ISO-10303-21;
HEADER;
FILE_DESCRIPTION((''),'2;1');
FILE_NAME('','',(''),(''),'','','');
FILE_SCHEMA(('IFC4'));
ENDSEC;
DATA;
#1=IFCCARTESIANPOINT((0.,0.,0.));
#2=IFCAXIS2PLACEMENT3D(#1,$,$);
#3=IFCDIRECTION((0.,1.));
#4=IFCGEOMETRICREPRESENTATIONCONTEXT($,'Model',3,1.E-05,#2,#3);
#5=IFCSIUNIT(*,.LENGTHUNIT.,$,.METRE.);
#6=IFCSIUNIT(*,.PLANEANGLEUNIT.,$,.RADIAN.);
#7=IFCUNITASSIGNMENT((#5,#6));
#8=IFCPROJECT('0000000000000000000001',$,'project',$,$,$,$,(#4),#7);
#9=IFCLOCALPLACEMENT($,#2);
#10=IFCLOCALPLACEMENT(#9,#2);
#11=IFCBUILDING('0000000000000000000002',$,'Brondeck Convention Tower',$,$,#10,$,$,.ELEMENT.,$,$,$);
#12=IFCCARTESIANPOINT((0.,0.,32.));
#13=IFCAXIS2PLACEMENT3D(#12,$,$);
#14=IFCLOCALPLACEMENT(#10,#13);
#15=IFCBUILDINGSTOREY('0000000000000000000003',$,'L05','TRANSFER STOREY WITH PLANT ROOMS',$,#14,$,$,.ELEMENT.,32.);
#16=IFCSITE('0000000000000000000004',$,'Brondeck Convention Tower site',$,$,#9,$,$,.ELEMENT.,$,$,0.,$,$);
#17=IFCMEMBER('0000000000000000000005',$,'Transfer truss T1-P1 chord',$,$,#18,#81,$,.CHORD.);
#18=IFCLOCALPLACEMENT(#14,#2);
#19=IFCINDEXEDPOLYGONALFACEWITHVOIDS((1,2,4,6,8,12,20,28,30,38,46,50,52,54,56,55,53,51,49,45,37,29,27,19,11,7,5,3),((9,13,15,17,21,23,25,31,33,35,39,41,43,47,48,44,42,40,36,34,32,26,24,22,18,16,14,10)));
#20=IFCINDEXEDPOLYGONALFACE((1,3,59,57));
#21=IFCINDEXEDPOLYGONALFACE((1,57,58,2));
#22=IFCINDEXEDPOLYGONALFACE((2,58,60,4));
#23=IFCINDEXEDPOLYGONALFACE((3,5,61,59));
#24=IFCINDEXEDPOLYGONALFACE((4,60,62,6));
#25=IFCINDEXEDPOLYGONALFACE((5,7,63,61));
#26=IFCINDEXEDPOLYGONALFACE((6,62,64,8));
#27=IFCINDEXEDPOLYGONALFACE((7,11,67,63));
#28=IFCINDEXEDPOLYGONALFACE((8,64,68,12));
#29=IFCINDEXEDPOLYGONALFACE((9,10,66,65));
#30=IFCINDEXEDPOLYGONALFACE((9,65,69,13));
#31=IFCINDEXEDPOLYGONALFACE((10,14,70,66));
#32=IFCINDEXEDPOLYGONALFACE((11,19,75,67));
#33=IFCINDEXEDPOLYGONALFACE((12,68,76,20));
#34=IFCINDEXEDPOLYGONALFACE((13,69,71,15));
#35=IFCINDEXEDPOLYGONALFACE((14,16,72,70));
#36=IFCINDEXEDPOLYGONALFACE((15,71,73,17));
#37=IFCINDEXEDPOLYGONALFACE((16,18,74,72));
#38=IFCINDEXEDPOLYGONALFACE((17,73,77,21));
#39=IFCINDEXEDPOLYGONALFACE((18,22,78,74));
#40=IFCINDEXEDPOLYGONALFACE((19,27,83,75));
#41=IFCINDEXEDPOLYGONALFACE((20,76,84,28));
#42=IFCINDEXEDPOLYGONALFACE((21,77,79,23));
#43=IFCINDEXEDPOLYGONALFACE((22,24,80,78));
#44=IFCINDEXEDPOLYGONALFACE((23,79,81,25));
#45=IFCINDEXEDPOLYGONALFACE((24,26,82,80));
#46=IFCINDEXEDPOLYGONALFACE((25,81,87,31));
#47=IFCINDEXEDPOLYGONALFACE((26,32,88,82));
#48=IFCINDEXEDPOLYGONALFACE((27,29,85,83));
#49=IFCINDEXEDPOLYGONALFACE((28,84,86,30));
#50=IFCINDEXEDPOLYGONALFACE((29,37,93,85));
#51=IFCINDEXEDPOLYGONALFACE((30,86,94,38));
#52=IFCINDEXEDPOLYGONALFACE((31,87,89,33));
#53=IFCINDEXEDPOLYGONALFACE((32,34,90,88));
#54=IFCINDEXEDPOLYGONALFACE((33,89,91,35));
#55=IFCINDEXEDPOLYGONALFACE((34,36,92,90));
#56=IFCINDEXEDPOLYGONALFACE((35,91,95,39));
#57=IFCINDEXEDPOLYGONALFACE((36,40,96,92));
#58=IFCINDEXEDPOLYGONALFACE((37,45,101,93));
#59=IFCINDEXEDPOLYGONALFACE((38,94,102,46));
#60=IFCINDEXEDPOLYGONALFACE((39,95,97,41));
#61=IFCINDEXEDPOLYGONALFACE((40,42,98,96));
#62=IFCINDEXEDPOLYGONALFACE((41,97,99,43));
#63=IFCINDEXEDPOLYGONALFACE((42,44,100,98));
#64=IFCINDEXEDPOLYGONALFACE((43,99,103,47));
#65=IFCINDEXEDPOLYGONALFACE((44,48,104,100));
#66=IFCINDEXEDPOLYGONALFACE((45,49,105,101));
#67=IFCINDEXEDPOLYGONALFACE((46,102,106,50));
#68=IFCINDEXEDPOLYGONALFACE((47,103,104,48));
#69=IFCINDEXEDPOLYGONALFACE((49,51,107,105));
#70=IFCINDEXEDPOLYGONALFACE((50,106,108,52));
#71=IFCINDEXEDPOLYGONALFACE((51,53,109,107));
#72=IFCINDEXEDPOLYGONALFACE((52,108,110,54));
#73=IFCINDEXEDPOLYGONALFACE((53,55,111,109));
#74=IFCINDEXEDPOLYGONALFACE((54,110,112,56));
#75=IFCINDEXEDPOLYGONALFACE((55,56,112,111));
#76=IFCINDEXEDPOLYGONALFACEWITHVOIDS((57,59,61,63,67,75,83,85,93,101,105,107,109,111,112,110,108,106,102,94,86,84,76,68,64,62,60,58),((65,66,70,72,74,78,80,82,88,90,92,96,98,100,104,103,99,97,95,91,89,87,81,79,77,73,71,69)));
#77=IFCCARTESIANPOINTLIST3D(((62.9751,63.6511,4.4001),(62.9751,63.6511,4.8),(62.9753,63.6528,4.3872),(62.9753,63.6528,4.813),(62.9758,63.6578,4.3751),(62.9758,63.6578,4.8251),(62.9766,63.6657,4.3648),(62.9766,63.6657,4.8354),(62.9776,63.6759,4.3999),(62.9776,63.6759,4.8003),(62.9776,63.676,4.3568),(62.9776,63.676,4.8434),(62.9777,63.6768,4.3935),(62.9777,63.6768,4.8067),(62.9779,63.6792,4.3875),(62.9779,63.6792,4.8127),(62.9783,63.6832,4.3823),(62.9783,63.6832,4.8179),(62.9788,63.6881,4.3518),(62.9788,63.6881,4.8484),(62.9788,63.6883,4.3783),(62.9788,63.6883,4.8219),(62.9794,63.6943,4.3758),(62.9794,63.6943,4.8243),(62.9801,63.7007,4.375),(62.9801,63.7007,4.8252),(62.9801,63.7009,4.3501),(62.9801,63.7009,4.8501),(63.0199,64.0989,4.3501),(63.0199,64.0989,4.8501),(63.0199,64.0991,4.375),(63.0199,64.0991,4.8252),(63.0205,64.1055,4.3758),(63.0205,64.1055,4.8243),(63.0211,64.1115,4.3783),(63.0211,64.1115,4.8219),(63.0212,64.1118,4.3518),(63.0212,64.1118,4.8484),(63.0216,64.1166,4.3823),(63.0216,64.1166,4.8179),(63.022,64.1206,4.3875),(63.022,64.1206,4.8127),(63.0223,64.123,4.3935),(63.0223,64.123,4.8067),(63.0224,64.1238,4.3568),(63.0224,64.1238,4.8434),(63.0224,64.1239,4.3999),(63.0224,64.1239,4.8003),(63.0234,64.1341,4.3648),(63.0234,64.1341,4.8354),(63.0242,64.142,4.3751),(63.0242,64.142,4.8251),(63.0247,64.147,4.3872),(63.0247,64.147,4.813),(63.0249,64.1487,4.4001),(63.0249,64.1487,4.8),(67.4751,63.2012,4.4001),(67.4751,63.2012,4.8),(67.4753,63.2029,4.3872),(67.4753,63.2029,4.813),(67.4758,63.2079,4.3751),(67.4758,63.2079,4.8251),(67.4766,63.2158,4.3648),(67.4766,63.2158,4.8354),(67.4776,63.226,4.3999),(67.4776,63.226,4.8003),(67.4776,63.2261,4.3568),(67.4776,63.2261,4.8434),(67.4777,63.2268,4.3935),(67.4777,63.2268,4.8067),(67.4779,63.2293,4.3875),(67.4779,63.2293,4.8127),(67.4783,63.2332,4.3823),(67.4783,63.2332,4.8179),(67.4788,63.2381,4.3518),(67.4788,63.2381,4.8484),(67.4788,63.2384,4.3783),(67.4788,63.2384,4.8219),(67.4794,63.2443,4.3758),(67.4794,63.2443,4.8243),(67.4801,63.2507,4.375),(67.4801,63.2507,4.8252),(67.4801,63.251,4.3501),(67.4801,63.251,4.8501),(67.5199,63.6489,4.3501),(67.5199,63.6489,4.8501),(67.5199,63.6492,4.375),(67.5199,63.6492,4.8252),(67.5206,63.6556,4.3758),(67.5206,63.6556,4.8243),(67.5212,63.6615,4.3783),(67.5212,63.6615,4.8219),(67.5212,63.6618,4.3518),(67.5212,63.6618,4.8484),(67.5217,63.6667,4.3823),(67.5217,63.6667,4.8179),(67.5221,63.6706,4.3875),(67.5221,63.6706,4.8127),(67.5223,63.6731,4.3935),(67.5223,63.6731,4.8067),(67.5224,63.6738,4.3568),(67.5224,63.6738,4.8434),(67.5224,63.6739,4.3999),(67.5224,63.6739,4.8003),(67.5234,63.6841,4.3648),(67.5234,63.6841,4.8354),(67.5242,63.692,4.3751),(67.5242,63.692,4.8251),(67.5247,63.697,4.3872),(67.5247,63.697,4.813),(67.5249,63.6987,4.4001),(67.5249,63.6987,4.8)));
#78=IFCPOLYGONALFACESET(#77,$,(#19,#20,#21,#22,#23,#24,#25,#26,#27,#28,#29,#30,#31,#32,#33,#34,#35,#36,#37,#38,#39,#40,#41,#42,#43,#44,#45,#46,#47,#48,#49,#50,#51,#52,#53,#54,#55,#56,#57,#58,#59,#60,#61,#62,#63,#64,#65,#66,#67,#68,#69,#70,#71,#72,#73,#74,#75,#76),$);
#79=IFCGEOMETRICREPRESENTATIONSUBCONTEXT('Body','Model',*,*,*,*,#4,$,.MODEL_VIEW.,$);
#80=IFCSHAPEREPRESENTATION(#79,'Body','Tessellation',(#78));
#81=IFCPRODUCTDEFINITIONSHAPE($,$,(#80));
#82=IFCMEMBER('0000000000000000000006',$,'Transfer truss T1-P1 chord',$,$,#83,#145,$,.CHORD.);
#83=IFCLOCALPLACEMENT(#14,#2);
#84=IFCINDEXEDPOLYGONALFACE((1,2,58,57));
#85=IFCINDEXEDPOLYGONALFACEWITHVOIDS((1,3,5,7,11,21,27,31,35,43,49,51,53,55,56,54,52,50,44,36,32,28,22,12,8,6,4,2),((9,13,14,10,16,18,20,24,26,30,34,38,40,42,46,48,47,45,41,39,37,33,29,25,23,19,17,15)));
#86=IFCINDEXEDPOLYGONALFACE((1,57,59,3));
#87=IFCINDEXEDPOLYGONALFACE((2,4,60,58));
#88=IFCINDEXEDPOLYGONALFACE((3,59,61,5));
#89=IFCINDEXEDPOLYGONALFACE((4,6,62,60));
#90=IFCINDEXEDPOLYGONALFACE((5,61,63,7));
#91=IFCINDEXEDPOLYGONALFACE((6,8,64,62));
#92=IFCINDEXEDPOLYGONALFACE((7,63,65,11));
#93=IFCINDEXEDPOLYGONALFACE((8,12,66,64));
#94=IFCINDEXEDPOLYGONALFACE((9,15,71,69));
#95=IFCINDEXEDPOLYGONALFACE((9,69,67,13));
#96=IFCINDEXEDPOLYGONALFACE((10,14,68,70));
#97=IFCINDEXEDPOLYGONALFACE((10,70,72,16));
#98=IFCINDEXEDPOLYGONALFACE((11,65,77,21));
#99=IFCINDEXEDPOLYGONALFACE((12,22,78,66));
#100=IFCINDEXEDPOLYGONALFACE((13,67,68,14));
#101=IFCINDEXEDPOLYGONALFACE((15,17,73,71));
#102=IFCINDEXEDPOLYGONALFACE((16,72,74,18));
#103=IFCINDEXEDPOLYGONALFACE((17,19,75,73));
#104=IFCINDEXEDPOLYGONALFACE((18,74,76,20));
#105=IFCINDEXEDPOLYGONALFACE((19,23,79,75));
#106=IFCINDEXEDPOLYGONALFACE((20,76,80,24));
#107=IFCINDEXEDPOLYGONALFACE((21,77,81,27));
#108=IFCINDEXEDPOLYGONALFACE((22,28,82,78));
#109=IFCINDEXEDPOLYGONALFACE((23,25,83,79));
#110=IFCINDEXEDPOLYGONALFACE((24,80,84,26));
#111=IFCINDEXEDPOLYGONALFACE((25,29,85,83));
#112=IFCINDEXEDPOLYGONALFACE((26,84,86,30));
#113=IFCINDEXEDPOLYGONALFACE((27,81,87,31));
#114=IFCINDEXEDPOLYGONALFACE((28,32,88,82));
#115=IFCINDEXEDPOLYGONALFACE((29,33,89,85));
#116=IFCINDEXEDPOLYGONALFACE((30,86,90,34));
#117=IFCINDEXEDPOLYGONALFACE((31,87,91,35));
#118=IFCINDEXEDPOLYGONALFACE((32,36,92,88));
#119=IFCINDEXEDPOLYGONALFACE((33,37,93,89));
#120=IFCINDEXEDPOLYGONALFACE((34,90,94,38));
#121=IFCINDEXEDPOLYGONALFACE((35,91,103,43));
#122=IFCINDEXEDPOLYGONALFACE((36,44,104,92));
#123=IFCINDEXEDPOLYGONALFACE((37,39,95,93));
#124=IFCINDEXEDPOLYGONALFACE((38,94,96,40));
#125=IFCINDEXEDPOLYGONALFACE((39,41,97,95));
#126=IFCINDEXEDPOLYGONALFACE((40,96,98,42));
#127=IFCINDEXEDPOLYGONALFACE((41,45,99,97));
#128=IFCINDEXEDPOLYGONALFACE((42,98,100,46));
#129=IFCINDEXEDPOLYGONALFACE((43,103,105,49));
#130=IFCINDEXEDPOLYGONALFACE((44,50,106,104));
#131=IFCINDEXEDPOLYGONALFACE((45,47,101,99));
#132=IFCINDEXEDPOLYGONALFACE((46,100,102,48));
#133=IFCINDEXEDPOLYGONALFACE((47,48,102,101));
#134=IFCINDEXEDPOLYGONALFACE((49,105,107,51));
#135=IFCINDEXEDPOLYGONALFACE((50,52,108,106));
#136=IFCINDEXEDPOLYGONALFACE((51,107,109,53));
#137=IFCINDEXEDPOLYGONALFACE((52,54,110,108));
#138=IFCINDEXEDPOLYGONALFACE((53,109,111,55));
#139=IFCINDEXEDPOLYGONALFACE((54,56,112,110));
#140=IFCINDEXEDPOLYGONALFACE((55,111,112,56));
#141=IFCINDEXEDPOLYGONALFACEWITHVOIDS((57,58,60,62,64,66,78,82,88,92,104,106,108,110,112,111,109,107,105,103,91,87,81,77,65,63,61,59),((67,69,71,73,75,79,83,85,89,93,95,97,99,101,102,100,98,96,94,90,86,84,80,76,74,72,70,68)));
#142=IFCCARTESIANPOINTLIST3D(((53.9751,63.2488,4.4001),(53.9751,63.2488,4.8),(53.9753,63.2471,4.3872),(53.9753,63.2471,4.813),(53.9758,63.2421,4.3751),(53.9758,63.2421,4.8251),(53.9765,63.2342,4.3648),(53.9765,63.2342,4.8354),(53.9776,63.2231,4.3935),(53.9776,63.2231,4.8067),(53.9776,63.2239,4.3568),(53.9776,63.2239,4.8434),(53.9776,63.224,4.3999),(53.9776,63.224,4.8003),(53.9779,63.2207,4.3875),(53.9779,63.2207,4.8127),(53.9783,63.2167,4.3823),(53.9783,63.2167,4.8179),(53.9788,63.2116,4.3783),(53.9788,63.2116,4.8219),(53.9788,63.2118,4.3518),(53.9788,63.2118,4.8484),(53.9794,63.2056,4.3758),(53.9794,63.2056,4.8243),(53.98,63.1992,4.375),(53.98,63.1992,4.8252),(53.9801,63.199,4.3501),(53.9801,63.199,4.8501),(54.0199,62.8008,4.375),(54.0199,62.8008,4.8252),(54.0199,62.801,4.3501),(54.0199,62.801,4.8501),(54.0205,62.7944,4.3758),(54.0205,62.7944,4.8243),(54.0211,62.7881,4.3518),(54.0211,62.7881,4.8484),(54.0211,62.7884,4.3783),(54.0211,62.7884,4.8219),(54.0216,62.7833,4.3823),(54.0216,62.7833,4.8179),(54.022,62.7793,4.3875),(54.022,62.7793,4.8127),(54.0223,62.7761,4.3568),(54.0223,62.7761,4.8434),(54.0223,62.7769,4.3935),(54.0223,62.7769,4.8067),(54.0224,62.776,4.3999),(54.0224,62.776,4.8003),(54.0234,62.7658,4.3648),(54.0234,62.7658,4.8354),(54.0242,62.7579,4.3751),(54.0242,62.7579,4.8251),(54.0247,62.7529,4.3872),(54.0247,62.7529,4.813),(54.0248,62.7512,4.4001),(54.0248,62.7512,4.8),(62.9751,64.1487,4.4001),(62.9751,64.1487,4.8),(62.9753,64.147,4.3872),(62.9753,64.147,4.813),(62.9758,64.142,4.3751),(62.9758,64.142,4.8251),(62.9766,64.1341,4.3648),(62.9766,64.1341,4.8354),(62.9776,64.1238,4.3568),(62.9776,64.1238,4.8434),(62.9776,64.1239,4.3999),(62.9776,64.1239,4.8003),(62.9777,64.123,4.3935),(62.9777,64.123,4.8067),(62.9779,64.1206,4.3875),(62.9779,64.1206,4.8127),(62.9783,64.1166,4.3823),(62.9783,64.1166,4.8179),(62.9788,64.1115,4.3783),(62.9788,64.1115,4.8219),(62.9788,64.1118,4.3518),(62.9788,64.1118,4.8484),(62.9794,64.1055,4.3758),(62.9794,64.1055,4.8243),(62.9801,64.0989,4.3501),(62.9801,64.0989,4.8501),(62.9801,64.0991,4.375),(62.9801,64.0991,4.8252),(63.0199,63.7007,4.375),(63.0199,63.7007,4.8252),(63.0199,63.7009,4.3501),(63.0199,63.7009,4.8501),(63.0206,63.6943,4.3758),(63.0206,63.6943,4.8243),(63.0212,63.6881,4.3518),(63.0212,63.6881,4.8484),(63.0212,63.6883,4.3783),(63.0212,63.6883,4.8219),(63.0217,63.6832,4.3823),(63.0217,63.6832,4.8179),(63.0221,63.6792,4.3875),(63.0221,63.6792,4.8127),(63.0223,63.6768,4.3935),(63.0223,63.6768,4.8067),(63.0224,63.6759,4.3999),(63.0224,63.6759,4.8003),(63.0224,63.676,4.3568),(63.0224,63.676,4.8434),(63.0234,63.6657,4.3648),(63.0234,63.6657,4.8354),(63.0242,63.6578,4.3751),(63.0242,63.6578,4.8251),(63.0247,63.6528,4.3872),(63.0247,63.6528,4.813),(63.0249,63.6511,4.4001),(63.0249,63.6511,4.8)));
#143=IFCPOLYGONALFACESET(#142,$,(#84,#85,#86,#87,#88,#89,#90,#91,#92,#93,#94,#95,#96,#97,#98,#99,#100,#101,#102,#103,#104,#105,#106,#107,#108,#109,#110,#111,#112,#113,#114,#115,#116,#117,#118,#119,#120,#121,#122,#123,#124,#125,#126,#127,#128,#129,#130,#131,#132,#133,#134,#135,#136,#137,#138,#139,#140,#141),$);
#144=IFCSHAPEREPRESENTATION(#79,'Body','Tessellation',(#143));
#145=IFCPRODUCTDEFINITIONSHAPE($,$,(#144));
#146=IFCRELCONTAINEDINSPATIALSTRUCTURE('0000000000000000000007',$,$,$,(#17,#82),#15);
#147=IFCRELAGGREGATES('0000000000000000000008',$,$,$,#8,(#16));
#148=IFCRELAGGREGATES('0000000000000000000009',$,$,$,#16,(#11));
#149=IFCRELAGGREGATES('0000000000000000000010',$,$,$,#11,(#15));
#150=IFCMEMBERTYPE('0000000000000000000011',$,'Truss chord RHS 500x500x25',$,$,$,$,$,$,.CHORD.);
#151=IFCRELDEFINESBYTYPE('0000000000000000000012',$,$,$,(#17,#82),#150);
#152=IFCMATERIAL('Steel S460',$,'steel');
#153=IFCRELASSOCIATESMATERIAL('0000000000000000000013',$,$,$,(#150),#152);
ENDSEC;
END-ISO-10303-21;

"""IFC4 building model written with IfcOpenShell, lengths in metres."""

from ifc_helpers import new_model, si_unit, direction, frame, origin, origin_2d, place, context, subcontext, project, spatial, hollow_rectangle, extrude, material, material_profile, profile_set, type_object, element, save


model = new_model("IFC4")

# Units and contexts
model_context = context("Model", 3, precision=1e-05, world=origin(), true_north=direction((0.0, 1.0)))
body_context = subcontext(model_context, "Body", "Model", "MODEL_VIEW")
ifc_project = project(units=[si_unit("LENGTHUNIT", "METRE"), si_unit("PLANEANGLEUNIT", "RADIAN")], contexts=[model_context])

# Site, building, storey
site_placement = place(None, origin())
site = spatial("IfcSite", under=ifc_project, at=site_placement, Name="Brondeck Convention Tower site", CompositionType="ELEMENT", RefElevation=0.0)
building_placement = place(site_placement, origin())
building = spatial("IfcBuilding", under=site, at=building_placement, Name="Brondeck Convention Tower", CompositionType="ELEMENT")
storey_placement = place(building_placement, frame((0.0, 0.0, 32.0)))
storey = spatial("IfcBuildingStorey", under=building, at=storey_placement, Name="L05", Description="TRANSFER STOREY WITH PLANT ROOMS", CompositionType="ELEMENT", Elevation=32.0)

# Shared definitions
ifc_material_1 = material(Name="Steel S460", Category="steel")

# Members
ifc_material_profile_1 = material_profile(ifc_material_1, hollow_rectangle(XDim=0.5, YDim=0.5, WallThickness=0.0249, InnerFilletRadius=0.0249, OuterFilletRadius=0.05, at=origin_2d()), Name="RHS 500x500x25")
ifc_profile_set_1 = profile_set([ifc_material_profile_1], Name="Steel S460")
member_type_1 = type_object("IfcMemberType", Name="Truss chord RHS 500x500x25", PredefinedType="CHORD", material=ifc_profile_set_1)
member_1_placement = place(storey_placement, frame((67.5, 63.45, 4.6001), z_axis=(-0.995038, 0.099493, 0.0), x_axis=(-0.099493, -0.995038, 0.0)))
element("IfcMember", 1, at=member_1_placement, inside=storey, type_object=member_type_1, Name="Transfer truss T1-P1 chord", PredefinedType="CHORD", context=body_context, shape_type="SweptSolid", body=[
    extrude(hollow_rectangle(XDim=0.5, YDim=0.5, WallThickness=0.0249, InnerFilletRadius=0.0249, OuterFilletRadius=0.05, at=origin_2d()), origin(), (0.0, 0.0, 1.0), 4.5225),
])
member_2_placement = place(storey_placement, frame((63.0, 63.8999, 4.6001), z_axis=(-0.995038, -0.099493, 0.0), x_axis=(0.099493, -0.995038, 0.0)))
element("IfcMember", 2, at=member_2_placement, inside=storey, type_object=member_type_1, Name="Transfer truss T1-P1 chord", PredefinedType="CHORD", context=body_context, shape_type="SweptSolid", body=[
    extrude(hollow_rectangle(XDim=0.5, YDim=0.5, WallThickness=0.0249, InnerFilletRadius=0.0249, OuterFilletRadius=0.05, at=origin_2d()), origin(), (0.0, 0.0, 1.0), 9.0449),
])

save(model, "model.ifc")
